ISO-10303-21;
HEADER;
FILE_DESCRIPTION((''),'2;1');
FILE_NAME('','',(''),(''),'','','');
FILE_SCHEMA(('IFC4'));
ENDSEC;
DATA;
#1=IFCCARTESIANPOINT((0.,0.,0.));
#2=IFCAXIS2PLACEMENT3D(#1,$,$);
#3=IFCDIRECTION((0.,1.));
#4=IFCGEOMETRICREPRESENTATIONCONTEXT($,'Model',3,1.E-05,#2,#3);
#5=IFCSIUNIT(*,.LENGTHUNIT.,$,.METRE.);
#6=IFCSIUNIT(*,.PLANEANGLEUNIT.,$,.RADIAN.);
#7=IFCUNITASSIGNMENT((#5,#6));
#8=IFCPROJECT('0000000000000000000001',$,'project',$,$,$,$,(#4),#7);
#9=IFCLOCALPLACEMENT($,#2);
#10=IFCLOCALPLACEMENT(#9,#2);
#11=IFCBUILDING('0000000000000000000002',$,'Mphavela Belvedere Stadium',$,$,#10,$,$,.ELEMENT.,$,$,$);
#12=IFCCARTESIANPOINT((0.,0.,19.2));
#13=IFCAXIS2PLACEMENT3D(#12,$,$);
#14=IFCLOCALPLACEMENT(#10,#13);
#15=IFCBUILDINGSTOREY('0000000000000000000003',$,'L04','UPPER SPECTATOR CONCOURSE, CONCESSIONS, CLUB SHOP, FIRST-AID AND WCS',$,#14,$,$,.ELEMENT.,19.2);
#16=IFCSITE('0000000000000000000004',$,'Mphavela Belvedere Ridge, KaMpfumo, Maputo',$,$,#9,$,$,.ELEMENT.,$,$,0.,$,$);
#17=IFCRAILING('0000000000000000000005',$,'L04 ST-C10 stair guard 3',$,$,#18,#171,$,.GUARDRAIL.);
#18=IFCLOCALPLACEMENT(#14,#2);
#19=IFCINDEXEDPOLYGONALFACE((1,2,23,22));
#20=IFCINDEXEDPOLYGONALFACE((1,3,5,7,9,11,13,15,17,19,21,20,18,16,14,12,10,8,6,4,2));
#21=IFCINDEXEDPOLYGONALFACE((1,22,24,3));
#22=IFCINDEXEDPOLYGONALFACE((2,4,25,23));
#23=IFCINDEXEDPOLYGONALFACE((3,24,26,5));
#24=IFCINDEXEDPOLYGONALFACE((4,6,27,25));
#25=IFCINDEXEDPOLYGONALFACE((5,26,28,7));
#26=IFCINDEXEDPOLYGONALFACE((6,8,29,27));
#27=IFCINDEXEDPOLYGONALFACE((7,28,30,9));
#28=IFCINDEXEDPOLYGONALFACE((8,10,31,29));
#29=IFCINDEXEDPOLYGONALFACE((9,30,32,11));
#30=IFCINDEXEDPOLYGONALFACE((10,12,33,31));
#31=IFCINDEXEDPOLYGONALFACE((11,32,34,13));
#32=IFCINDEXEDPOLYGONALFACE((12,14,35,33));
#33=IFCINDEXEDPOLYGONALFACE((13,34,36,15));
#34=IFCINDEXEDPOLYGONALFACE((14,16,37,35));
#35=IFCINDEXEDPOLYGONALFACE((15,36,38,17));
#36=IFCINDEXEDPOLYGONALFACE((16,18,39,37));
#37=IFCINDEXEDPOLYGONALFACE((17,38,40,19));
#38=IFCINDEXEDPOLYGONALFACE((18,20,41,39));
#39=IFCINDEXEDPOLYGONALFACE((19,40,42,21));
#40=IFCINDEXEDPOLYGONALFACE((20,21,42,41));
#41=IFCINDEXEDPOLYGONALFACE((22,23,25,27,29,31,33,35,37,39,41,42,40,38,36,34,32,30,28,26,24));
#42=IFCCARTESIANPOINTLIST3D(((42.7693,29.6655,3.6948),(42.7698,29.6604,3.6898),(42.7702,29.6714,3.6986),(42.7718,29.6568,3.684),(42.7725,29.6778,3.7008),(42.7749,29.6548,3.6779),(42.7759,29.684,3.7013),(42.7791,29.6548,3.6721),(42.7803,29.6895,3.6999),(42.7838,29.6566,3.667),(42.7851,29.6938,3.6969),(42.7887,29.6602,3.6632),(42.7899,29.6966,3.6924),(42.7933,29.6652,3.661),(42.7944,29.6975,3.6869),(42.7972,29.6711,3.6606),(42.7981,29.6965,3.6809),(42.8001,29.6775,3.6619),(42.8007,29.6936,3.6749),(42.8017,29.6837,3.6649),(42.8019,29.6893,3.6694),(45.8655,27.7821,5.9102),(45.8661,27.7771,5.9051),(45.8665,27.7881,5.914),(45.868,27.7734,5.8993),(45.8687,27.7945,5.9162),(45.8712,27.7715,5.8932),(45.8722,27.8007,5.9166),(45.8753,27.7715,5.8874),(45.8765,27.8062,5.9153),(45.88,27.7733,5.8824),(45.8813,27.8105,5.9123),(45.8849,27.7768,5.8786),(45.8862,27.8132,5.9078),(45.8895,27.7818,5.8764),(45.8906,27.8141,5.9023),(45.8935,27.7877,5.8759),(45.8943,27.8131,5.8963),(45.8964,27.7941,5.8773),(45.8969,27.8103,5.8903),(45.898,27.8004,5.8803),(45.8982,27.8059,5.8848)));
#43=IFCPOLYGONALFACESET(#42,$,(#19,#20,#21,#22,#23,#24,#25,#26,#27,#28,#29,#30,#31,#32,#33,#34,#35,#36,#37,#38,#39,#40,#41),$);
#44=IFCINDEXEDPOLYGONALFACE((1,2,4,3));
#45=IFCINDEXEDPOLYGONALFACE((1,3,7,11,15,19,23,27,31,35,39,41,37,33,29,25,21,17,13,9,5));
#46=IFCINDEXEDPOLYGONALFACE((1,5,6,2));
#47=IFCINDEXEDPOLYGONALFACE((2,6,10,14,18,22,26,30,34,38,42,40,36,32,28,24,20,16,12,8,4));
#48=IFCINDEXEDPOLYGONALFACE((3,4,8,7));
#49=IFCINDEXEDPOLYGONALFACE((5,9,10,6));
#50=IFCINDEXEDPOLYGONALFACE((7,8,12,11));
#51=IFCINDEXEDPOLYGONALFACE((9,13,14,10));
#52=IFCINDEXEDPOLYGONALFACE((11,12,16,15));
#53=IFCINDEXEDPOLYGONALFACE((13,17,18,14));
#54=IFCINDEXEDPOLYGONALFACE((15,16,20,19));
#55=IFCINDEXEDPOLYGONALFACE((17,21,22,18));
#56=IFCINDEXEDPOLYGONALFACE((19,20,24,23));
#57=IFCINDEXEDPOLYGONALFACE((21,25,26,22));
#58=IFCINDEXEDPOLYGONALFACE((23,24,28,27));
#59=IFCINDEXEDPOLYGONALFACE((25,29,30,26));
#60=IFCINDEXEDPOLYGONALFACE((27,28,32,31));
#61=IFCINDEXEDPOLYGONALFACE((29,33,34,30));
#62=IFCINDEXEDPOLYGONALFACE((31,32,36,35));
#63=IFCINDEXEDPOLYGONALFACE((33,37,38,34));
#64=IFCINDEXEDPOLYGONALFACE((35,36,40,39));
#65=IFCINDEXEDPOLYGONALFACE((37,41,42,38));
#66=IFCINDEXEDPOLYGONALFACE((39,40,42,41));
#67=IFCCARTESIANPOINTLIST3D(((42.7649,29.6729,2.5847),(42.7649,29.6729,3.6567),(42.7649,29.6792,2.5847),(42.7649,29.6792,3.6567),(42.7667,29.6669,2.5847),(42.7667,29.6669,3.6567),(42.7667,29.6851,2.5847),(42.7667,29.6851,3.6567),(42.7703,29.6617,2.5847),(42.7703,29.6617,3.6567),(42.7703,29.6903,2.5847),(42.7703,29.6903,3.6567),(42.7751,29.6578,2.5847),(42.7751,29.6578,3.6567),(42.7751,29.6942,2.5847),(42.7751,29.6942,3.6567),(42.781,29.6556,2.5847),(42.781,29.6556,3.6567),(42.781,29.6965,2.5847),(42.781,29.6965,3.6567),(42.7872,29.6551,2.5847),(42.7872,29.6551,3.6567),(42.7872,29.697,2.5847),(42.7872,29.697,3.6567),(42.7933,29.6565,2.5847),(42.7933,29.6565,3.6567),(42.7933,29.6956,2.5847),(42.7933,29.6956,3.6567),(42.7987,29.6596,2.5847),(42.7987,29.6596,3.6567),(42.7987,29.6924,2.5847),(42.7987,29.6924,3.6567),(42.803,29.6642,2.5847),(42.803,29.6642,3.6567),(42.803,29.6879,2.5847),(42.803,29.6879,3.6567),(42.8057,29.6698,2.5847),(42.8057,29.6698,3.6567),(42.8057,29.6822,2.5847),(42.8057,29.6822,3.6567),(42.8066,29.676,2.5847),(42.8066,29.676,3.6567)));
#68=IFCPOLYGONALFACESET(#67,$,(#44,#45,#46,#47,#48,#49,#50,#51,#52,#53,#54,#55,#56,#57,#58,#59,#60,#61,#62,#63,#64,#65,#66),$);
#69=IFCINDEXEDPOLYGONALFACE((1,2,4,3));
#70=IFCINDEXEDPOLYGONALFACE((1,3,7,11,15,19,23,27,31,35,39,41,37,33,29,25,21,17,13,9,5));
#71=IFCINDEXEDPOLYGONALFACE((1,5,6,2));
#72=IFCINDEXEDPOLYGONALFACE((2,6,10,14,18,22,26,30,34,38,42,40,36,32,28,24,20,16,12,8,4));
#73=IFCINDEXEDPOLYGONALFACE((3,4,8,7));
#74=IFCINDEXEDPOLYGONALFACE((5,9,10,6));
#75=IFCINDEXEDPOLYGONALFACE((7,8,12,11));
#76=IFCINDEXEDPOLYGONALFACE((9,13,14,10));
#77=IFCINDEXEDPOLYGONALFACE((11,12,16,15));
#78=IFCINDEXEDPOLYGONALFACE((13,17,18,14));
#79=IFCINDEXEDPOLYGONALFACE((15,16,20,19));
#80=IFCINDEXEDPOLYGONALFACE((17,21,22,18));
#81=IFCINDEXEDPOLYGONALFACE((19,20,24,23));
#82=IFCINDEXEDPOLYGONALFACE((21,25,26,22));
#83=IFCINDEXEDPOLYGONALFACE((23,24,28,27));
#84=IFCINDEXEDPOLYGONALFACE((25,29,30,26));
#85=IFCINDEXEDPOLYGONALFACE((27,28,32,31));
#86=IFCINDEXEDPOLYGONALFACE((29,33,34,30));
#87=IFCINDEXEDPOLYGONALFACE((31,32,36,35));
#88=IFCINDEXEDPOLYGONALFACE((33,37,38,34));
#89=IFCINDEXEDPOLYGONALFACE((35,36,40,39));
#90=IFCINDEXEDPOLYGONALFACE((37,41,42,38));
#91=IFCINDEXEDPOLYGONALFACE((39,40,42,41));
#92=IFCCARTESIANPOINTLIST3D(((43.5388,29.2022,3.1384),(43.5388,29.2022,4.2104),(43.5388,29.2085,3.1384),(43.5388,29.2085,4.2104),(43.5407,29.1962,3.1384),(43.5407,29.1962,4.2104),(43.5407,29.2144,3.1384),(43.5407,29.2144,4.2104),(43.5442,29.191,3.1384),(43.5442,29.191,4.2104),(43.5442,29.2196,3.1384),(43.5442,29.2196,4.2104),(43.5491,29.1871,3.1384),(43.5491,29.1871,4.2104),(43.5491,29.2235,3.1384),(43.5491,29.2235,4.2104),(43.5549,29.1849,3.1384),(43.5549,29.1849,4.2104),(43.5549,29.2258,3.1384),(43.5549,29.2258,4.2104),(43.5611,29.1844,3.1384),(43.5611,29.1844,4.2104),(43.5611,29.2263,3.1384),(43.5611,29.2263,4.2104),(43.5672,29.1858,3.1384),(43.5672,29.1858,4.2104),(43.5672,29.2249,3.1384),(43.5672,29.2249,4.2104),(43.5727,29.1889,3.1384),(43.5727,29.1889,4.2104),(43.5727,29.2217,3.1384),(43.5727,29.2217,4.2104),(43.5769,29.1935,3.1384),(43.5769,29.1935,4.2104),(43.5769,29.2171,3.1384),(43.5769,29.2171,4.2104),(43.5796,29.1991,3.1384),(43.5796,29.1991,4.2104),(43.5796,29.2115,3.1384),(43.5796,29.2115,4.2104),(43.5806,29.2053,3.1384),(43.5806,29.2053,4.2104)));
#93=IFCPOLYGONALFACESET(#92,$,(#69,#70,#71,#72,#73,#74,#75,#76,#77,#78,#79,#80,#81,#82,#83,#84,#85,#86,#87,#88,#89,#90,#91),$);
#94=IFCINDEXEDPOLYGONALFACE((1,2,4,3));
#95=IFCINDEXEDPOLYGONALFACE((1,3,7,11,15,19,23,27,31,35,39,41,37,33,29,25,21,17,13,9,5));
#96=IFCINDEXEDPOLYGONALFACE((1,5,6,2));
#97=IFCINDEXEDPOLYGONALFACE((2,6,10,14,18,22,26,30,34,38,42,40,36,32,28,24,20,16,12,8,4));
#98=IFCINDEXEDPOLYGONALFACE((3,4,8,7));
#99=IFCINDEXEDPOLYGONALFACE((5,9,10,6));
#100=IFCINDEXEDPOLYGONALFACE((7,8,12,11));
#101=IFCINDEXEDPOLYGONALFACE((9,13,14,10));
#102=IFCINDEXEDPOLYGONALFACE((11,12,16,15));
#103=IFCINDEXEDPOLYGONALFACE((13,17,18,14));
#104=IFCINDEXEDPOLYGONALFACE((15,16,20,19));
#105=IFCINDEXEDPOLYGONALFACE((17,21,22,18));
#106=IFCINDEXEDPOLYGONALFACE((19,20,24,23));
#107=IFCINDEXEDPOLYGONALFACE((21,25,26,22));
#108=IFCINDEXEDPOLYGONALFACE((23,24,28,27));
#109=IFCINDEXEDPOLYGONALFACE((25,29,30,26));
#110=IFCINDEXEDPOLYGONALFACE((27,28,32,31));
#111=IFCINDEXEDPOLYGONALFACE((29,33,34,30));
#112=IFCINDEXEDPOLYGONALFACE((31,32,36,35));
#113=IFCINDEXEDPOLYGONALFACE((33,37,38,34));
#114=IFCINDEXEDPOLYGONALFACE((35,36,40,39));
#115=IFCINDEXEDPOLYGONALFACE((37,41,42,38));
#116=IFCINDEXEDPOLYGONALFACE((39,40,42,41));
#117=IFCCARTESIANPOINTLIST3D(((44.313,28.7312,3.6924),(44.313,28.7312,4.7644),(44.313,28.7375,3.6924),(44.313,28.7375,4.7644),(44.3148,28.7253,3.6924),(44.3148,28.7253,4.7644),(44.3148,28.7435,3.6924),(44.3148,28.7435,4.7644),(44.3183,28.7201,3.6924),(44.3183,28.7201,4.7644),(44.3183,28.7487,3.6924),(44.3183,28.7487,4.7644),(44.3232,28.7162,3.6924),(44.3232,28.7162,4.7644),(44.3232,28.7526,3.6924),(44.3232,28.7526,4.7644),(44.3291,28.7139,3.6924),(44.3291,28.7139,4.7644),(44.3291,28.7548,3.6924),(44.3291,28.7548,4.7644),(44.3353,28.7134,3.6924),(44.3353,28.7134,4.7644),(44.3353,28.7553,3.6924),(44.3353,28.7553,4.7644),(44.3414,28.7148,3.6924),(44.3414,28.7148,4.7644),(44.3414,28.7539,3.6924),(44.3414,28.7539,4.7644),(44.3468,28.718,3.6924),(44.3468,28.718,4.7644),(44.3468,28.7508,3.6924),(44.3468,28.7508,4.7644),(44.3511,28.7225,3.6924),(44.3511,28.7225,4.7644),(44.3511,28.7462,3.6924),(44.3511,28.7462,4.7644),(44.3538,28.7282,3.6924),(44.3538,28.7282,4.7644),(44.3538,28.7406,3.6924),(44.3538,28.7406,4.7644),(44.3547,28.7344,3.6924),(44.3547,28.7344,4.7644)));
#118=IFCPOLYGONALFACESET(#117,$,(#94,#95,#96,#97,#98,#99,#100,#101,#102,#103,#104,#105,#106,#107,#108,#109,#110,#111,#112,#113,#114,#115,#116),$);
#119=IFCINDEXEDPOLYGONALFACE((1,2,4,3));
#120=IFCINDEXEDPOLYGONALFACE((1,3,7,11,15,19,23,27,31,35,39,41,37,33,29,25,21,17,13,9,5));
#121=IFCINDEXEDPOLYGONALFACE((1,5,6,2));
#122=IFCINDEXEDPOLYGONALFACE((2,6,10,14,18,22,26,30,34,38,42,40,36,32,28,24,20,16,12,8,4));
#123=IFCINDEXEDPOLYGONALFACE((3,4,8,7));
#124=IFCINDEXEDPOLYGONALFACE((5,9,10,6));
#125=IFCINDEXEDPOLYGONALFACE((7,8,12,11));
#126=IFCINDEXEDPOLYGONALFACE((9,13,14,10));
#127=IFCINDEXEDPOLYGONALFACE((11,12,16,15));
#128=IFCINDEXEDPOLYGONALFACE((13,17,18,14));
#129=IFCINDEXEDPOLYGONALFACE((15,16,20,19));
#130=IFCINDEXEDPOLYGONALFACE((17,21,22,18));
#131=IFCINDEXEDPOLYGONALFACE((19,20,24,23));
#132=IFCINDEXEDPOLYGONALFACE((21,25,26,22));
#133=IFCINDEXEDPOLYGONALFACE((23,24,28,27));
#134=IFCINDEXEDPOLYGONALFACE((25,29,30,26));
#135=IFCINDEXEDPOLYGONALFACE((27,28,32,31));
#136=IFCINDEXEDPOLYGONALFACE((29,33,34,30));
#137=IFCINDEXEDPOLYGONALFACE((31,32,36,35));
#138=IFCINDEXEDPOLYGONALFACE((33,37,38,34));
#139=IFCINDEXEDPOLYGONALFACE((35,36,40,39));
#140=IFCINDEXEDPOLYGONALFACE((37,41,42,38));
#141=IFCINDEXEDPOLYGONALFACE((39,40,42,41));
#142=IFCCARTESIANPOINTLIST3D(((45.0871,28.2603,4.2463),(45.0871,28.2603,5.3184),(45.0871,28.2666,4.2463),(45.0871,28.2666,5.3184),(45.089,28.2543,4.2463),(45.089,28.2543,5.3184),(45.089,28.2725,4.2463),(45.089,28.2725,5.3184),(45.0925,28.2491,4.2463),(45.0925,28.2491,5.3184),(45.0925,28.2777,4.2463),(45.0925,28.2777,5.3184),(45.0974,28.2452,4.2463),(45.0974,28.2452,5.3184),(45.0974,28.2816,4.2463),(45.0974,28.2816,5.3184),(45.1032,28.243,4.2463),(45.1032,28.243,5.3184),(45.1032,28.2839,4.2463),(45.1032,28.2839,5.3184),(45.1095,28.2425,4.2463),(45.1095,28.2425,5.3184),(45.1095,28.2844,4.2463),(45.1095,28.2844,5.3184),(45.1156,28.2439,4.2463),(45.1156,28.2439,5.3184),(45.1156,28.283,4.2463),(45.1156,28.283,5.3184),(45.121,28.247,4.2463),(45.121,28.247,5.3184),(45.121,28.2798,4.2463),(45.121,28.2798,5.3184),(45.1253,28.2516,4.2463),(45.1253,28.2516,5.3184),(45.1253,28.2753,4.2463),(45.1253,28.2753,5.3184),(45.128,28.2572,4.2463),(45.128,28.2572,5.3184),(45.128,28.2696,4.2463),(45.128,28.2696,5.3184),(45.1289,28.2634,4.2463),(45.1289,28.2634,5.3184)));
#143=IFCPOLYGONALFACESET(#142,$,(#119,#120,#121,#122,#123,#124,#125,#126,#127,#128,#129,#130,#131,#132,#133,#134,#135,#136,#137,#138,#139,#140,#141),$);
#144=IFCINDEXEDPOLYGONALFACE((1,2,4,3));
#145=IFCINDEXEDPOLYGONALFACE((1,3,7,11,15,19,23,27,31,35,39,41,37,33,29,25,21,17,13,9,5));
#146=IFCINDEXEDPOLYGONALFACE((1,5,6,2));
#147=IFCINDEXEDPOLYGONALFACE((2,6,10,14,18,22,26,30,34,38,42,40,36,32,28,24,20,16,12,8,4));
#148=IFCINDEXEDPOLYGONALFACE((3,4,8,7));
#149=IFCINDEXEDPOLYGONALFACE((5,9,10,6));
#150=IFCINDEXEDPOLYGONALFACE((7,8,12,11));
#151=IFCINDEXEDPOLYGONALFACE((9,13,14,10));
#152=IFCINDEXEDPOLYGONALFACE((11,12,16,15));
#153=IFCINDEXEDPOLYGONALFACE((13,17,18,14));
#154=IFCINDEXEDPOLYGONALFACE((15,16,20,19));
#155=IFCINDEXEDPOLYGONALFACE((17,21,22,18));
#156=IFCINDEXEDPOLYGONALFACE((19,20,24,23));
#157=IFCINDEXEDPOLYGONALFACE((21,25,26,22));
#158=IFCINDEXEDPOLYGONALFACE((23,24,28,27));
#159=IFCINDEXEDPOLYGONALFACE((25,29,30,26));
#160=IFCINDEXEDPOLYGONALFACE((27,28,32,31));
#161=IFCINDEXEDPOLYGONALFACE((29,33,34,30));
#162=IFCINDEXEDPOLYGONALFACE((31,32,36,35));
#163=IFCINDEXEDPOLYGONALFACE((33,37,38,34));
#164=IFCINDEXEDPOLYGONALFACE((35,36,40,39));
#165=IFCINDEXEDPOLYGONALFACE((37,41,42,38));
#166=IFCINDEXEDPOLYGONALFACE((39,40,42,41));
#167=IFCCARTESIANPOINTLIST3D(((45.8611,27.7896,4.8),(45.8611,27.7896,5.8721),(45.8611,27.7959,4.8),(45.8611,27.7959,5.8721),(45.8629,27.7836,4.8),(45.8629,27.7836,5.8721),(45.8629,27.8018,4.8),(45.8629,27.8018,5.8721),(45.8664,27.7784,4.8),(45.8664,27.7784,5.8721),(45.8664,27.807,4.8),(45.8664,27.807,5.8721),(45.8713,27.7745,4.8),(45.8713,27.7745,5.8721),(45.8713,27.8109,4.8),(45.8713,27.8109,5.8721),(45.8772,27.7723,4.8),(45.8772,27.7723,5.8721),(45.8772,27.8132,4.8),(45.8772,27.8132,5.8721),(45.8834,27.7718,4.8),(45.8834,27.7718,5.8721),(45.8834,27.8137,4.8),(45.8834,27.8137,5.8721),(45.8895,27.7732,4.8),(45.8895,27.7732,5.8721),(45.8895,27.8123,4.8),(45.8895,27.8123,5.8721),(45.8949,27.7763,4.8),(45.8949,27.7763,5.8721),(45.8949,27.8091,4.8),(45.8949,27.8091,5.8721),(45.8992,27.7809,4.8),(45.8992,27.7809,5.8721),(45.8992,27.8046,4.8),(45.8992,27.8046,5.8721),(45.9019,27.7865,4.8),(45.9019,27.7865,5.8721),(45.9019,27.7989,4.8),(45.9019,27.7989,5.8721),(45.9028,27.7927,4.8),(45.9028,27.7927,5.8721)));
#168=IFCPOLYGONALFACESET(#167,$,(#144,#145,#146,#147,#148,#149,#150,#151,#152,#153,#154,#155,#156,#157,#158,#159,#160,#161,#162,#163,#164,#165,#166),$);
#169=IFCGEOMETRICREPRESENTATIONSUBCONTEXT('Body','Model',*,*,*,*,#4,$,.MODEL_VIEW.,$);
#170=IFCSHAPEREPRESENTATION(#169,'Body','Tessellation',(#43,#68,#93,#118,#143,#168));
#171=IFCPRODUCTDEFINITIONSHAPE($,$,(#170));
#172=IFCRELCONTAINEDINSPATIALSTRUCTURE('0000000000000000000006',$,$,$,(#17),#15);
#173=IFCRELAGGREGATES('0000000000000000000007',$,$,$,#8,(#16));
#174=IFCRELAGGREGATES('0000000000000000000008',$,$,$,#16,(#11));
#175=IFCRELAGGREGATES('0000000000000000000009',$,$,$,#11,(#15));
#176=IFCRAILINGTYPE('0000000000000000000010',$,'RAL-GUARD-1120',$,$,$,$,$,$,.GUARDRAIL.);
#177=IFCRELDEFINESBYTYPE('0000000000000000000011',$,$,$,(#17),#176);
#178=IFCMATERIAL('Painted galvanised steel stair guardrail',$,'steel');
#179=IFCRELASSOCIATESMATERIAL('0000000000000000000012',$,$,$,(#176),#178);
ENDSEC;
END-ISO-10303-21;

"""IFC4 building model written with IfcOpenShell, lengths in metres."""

from ifc_helpers import new_model, si_unit, direction, frame, origin, origin_2d, place, context, subcontext, project, spatial, circle, extrude, material, type_object, element, save


model = new_model("IFC4")

# Units and contexts
model_context = context("Model", 3, precision=1e-05, world=origin(), true_north=direction((0.0, 1.0)))
body_context = subcontext(model_context, "Body", "Model", "MODEL_VIEW")
ifc_project = project(units=[si_unit("LENGTHUNIT", "METRE"), si_unit("PLANEANGLEUNIT", "RADIAN")], contexts=[model_context])

# Site, building, storey
site_placement = place(None, origin())
site = spatial("IfcSite", under=ifc_project, at=site_placement, Name="Mphavela Belvedere Ridge, KaMpfumo, Maputo", CompositionType="ELEMENT", RefElevation=0.0)
building_placement = place(site_placement, origin())
building = spatial("IfcBuilding", under=site, at=building_placement, Name="Mphavela Belvedere Stadium", CompositionType="ELEMENT")
storey_placement = place(building_placement, frame((0.0, 0.0, 19.2)))
storey = spatial("IfcBuildingStorey", under=building, at=storey_placement, Name="L04", Description="UPPER SPECTATOR CONCOURSE, CONCESSIONS, CLUB SHOP, FIRST-AID AND WCS", CompositionType="ELEMENT", Elevation=19.2)

# Railing
ifc_material_1 = material(Name="Painted galvanised steel stair guardrail", Category="steel")
railing_type_1 = type_object("IfcRailingType", Name="RAL-GUARD-1120", PredefinedType="GUARDRAIL", material=ifc_material_1)
railing_1_placement = place(storey_placement, frame((42.7856, 29.676, 2.5847)))
element("IfcRailing", 1, at=railing_1_placement, inside=storey, type_object=railing_type_1, Name="L04 ST-C10 stair guard 3", PredefinedType="GUARDRAIL", context=body_context, shape_type="SweptSolid", body=[
    extrude(circle(Radius=0.0239, at=origin_2d()), frame((0.0, 0.0, 1.0962), z_axis=(0.728951, -0.443395, 0.521566), x_axis=(0.519678, 0.854362, 0.0)), (0.0, 0.0, 1.0), 4.2476),
    extrude(circle(Radius=0.021, at=origin_2d()), origin(), (0.0, 0.0, 1.0), 1.072),
    extrude(circle(Radius=0.021, at=origin_2d()), frame((0.7739, -0.4707, 0.5537)), (0.0, 0.0, 1.0), 1.072),
    extrude(circle(Radius=0.021, at=origin_2d()), frame((1.5481, -0.9417, 1.1077)), (0.0, 0.0, 1.0), 1.072),
    extrude(circle(Radius=0.021, at=origin_2d()), frame((2.3223, -1.4126, 1.6616)), (0.0, 0.0, 1.0), 1.072),
    extrude(circle(Radius=0.021, at=origin_2d()), frame((3.0962, -1.8833, 2.2153)), (0.0, 0.0, 1.0), 1.072),
])

save(model, "model.ifc")
